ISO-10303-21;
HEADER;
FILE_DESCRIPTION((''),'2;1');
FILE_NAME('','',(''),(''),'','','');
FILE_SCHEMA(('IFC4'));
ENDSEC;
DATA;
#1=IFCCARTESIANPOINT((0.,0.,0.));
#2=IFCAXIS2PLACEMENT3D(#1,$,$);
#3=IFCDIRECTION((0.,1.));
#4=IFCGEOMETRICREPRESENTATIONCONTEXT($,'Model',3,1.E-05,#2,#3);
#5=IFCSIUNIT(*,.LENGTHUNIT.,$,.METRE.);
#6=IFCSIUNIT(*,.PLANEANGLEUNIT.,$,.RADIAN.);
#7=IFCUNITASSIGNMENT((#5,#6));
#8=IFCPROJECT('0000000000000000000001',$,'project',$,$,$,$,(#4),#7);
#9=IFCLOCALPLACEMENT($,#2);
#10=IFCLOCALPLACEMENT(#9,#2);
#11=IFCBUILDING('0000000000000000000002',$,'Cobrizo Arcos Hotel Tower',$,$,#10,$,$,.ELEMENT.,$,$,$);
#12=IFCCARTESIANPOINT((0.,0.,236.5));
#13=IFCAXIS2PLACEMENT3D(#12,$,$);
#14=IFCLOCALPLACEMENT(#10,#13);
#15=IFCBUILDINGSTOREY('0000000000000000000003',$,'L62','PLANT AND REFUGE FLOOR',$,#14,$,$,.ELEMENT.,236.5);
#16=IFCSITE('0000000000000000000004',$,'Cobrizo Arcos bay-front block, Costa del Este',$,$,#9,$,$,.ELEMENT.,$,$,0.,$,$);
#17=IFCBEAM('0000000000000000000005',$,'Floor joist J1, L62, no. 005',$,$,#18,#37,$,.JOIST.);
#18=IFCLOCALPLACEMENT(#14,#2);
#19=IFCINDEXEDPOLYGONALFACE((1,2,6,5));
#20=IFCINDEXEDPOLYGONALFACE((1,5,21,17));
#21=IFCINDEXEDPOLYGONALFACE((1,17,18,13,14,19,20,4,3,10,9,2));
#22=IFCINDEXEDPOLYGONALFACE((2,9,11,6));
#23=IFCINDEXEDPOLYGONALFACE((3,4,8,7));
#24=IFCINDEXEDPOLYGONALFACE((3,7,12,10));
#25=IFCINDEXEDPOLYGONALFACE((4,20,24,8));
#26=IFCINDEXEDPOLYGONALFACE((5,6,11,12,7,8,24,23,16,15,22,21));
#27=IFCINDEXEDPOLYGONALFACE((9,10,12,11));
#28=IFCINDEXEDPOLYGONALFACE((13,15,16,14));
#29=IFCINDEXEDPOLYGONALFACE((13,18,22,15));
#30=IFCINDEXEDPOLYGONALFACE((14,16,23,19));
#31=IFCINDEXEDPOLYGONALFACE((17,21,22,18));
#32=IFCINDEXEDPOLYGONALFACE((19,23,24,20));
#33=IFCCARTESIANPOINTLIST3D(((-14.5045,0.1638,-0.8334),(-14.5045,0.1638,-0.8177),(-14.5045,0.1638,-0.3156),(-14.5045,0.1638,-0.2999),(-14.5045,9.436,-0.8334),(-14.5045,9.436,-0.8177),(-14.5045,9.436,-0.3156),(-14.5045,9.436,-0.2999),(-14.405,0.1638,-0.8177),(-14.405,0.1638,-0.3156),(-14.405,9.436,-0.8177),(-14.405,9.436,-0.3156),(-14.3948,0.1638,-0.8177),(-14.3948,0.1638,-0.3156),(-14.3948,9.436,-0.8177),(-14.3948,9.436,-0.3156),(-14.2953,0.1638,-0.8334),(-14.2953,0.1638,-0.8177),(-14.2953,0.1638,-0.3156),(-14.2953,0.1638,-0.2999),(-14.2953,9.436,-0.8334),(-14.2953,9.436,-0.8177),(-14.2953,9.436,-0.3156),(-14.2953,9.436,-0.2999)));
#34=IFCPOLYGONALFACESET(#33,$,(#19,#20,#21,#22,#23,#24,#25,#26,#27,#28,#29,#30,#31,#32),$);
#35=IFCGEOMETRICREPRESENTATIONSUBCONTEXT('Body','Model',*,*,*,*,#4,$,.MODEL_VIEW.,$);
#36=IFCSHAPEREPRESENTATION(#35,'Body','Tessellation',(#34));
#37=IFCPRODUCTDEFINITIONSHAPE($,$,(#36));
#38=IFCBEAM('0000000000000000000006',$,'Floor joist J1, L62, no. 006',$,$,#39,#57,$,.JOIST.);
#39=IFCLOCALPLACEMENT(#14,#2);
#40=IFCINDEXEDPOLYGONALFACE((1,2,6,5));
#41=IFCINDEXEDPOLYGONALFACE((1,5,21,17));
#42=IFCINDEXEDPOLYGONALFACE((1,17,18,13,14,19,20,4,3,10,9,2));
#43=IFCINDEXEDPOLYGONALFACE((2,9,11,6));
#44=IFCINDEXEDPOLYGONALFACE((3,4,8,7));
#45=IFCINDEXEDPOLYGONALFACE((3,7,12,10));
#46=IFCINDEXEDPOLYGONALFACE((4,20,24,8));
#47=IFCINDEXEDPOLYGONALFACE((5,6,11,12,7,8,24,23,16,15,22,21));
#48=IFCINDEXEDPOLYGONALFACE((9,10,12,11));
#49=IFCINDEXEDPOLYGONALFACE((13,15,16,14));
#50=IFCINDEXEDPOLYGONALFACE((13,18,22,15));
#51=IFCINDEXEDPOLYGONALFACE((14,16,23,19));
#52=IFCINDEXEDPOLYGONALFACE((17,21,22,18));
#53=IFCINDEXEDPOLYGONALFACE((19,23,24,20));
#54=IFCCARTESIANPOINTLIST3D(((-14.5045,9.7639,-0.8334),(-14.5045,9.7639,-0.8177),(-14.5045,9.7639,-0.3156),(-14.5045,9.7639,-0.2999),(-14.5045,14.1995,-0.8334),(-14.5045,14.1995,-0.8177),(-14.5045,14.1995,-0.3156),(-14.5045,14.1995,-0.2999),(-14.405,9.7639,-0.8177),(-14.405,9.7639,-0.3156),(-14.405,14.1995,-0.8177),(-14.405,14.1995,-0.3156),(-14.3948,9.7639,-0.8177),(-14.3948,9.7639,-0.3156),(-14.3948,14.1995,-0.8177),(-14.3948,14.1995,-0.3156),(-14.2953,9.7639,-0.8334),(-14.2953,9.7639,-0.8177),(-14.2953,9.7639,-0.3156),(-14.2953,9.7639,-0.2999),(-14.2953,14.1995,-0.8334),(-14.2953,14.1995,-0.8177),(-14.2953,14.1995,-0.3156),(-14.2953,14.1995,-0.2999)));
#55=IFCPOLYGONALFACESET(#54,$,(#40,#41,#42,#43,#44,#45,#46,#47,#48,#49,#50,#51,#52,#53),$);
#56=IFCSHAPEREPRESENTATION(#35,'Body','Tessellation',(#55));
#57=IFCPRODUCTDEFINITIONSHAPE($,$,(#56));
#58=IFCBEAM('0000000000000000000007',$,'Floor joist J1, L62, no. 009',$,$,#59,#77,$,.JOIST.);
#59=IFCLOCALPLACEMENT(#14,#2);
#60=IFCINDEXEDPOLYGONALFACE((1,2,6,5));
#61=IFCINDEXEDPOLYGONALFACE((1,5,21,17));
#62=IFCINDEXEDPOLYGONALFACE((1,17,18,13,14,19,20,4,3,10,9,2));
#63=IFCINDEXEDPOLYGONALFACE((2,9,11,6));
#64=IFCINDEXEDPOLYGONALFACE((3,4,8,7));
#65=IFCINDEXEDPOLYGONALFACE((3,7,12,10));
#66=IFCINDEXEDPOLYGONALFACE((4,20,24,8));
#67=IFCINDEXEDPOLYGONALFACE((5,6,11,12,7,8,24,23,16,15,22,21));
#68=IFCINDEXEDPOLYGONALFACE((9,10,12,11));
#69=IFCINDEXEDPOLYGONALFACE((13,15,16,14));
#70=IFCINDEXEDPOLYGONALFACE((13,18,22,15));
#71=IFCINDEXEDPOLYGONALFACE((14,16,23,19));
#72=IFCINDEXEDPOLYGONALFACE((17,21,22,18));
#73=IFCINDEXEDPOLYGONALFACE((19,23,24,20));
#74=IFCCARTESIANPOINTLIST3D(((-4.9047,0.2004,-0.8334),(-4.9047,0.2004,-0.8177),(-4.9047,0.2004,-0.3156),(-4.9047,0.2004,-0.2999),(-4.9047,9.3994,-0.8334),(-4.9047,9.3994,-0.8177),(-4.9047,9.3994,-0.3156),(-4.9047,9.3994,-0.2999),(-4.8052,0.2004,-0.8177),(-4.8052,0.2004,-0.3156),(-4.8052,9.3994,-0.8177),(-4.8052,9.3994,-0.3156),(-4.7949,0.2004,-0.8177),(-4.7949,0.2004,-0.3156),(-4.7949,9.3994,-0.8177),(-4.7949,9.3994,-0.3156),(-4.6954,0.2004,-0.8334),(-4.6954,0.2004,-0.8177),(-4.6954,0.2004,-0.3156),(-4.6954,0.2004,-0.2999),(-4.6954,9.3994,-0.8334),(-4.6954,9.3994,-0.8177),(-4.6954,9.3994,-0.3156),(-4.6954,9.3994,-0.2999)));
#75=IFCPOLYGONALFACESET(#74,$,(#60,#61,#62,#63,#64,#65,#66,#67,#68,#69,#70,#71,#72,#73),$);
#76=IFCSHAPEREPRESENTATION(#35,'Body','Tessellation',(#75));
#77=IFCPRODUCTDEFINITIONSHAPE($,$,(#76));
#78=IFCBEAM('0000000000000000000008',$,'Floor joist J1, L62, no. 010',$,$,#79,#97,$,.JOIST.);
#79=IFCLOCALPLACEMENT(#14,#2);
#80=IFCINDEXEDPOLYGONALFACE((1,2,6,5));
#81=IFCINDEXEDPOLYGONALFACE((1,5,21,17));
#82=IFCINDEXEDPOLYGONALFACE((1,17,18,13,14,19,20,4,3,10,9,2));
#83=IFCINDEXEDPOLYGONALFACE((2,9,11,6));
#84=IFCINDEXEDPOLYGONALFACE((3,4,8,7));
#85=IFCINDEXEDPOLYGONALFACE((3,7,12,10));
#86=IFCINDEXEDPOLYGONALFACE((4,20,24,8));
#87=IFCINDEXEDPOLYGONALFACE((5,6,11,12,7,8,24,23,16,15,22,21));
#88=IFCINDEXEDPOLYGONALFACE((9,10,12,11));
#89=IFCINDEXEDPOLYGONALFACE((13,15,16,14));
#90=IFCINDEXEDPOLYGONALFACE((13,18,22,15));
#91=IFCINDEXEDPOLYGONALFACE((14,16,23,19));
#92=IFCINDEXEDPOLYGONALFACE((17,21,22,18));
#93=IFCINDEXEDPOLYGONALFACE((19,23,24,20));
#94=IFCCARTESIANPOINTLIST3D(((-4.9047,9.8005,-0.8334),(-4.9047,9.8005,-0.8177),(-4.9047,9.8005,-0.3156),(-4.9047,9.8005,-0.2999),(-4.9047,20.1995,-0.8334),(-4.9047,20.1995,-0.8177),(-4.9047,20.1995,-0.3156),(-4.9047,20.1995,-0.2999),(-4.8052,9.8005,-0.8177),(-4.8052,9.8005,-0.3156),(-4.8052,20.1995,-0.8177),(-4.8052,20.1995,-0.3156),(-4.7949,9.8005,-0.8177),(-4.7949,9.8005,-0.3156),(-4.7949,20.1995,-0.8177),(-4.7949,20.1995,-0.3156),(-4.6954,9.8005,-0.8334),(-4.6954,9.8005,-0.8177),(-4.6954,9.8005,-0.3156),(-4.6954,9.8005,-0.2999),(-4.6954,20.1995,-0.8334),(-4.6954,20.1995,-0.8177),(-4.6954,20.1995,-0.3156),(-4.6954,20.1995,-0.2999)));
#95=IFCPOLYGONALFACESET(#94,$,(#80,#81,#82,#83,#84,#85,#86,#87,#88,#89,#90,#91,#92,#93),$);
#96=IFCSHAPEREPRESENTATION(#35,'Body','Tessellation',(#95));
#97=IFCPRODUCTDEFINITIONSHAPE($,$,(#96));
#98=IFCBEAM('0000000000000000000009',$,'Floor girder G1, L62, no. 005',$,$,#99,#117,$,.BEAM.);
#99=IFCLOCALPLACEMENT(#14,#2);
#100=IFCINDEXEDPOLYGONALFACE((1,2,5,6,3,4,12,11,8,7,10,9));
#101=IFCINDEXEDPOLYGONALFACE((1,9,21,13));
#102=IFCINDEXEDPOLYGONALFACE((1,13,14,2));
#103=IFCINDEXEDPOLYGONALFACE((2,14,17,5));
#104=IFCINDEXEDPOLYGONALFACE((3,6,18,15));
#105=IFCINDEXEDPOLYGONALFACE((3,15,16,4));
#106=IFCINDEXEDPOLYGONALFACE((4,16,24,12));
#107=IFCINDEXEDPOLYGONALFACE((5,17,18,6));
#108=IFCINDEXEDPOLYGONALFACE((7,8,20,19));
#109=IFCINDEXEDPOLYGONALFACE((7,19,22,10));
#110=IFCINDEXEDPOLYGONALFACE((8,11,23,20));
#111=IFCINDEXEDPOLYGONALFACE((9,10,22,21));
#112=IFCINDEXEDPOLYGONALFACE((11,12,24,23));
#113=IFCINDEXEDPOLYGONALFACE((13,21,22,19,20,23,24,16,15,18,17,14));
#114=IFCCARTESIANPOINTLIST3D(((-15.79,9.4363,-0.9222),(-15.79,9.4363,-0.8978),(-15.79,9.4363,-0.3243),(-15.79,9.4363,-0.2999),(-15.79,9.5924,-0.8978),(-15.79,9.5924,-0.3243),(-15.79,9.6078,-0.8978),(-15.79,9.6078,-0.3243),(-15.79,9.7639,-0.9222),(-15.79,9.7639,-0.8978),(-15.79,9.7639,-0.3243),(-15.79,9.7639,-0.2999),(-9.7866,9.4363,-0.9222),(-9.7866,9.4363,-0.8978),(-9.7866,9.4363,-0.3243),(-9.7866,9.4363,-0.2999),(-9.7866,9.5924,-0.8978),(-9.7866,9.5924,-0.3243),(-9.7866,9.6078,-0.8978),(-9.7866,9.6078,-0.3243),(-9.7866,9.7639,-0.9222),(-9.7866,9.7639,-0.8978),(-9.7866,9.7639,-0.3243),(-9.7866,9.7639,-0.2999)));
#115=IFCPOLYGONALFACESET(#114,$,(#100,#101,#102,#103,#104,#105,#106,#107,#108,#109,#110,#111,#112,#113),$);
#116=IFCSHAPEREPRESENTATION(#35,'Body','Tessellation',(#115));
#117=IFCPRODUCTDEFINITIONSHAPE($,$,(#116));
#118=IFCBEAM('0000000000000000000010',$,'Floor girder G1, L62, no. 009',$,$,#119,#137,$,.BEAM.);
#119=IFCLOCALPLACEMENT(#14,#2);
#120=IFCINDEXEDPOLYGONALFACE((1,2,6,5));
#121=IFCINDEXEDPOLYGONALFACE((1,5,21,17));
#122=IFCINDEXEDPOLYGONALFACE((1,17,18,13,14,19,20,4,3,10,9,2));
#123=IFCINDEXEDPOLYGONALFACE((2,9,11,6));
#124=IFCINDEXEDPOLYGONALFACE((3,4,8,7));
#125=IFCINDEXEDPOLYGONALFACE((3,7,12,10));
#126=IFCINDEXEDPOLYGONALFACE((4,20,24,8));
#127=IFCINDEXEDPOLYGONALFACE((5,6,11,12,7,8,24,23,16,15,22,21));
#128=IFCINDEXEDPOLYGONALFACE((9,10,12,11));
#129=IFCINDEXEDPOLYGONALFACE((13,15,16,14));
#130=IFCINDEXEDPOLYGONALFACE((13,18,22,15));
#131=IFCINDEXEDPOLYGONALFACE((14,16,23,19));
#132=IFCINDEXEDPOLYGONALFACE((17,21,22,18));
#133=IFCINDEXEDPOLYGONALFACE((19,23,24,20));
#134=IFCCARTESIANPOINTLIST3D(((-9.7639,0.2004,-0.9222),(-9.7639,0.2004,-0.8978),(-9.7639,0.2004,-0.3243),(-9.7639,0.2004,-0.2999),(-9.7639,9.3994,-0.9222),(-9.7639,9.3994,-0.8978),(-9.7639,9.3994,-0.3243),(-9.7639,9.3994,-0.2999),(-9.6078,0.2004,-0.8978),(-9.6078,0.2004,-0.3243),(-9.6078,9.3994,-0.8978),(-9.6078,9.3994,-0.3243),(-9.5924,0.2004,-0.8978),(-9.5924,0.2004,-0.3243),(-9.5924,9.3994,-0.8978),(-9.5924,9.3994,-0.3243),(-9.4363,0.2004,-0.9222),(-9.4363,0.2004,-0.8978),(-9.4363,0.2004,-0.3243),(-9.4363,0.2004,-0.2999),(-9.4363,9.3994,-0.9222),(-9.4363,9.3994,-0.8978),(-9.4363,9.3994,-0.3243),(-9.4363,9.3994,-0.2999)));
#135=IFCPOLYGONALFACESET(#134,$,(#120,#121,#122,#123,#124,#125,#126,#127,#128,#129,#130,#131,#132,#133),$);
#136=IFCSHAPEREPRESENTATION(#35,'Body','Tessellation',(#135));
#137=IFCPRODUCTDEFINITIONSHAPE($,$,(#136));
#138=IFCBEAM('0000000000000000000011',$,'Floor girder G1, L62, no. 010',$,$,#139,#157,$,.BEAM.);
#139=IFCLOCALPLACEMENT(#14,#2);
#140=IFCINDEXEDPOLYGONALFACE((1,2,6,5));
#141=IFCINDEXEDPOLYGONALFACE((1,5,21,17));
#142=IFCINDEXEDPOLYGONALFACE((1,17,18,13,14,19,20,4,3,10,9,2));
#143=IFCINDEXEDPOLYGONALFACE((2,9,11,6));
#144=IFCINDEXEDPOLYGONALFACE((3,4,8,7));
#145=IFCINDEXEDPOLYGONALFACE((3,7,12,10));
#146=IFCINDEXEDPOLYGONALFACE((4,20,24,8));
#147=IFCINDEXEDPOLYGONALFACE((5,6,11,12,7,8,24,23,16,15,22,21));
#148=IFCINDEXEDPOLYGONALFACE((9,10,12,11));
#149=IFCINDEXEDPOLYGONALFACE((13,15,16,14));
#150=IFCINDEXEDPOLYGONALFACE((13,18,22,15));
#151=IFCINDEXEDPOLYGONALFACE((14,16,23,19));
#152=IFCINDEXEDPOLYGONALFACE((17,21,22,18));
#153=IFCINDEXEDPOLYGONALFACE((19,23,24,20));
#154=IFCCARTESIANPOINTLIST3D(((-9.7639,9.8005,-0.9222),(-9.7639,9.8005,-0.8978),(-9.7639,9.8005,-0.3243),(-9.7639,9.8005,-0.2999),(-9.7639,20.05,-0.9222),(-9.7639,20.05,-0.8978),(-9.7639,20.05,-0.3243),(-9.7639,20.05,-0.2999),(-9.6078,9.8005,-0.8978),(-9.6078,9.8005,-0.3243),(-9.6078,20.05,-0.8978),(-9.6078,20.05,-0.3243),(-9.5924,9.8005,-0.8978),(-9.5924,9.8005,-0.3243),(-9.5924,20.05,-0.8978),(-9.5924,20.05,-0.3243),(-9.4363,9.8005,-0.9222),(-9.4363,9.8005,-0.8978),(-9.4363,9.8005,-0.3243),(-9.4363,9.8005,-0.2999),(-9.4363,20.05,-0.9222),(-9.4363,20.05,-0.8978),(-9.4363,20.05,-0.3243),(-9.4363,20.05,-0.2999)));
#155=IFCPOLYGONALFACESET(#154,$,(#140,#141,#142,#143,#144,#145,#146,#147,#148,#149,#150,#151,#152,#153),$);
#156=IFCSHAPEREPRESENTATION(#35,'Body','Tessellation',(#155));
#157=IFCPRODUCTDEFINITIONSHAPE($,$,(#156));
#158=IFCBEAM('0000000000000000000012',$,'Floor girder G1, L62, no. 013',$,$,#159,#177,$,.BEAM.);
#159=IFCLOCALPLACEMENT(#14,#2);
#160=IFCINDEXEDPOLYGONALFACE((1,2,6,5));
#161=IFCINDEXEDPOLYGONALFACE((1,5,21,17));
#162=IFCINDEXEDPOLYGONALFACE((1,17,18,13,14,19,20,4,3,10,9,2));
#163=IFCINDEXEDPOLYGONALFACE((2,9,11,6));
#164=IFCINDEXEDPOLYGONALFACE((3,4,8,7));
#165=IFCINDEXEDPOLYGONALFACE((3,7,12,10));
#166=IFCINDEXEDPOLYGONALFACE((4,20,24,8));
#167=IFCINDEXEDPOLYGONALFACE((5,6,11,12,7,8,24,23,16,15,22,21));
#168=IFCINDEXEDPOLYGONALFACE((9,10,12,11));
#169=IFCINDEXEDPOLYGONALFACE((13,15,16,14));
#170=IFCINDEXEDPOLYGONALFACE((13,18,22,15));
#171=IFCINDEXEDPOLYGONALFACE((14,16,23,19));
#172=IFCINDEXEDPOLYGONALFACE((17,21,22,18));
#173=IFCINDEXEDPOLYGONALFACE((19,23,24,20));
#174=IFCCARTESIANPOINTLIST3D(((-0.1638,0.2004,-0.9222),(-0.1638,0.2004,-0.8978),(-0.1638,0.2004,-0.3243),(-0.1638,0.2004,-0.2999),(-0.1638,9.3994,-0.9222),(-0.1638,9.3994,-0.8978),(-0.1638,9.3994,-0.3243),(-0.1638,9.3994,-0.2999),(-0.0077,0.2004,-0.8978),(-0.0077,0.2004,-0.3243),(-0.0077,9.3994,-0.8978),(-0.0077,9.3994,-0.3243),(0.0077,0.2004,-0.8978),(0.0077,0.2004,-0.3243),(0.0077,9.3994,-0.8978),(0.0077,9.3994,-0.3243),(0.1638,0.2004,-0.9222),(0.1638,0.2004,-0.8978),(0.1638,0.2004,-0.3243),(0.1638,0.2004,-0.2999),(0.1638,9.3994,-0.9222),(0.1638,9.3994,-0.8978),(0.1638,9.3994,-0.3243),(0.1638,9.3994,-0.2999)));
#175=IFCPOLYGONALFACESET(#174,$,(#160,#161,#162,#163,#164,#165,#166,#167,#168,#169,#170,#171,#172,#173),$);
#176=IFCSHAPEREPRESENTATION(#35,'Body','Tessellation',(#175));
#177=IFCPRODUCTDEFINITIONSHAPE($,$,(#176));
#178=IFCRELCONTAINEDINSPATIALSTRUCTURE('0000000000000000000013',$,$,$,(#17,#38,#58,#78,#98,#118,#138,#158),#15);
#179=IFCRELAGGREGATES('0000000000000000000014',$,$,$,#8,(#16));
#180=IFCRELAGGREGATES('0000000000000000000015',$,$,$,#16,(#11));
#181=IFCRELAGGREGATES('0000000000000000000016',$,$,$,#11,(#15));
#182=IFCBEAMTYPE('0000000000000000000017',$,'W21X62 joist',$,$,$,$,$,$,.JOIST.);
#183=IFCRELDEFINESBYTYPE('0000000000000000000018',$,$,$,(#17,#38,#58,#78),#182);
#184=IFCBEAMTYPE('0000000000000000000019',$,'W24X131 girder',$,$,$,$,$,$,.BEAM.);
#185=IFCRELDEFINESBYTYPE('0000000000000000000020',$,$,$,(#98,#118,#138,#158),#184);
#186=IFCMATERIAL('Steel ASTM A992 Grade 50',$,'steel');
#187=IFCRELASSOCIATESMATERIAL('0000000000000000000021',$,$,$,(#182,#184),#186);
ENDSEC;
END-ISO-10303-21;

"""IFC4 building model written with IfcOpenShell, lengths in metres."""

from ifc_helpers import new_model, si_unit, direction, frame, origin, origin_2d, place, context, subcontext, project, spatial, i_section, extrude, material, material_profile, profile_set, type_object, element, save


model = new_model("IFC4")

# Units and contexts
model_context = context("Model", 3, precision=1e-05, world=origin(), true_north=direction((0.0, 1.0)))
body_context = subcontext(model_context, "Body", "Model", "MODEL_VIEW")
ifc_project = project(units=[si_unit("LENGTHUNIT", "METRE"), si_unit("PLANEANGLEUNIT", "RADIAN")], contexts=[model_context])

# Site, building, storey
site_placement = place(None, origin())
site = spatial("IfcSite", under=ifc_project, at=site_placement, Name="Cobrizo Arcos bay-front block, Costa del Este", CompositionType="ELEMENT", RefElevation=0.0)
building_placement = place(site_placement, origin())
building = spatial("IfcBuilding", under=site, at=building_placement, Name="Cobrizo Arcos Hotel Tower", CompositionType="ELEMENT")
storey_placement = place(building_placement, frame((0.0, 0.0, 236.5)))
storey = spatial("IfcBuildingStorey", under=building, at=storey_placement, Name="L62", Description="PLANT AND REFUGE FLOOR", CompositionType="ELEMENT", Elevation=236.5)

# Shared definitions
ifc_material_1 = material(Name="Steel ASTM A992 Grade 50", Category="steel")

# Beams
ifc_material_profile_1 = material_profile(ifc_material_1, i_section(OverallWidth=0.2092, OverallDepth=0.5334, WebThickness=0.0103, FlangeThickness=0.0156, at=origin_2d()), Name="W21X62")
ifc_profile_set_1 = profile_set([ifc_material_profile_1], Name="Steel ASTM A992 Grade 50")
beam_type_1 = type_object("IfcBeamType", Name="W21X62 joist", PredefinedType="JOIST", material=ifc_profile_set_1)
beam_1_placement = place(storey_placement, frame((-14.3999, 0.1638, -0.5667), z_axis=(0.0, 1.0, 0.0), x_axis=(-1.0, 0.0, 0.0)))
element("IfcBeam", 1, at=beam_1_placement, inside=storey, type_object=beam_type_1, Name="Floor joist J1, L62, no. 005", PredefinedType="JOIST", context=body_context, shape_type="SweptSolid", body=[
    extrude(i_section(OverallWidth=0.2092, OverallDepth=0.5334, WebThickness=0.0103, FlangeThickness=0.0156, at=origin_2d()), origin(), (0.0, 0.0, 1.0), 9.2722),
])
beam_2_placement = place(storey_placement, frame((-14.3999, 9.7639, -0.5667), z_axis=(0.0, 1.0, 0.0), x_axis=(-1.0, 0.0, 0.0)))
element("IfcBeam", 2, at=beam_2_placement, inside=storey, type_object=beam_type_1, Name="Floor joist J1, L62, no. 006", PredefinedType="JOIST", context=body_context, shape_type="SweptSolid", body=[
    extrude(i_section(OverallWidth=0.2092, OverallDepth=0.5334, WebThickness=0.0103, FlangeThickness=0.0156, at=origin_2d()), origin(), (0.0, 0.0, 1.0), 4.4355),
])
beam_3_placement = place(storey_placement, frame((-4.8, 0.2004, -0.5667), z_axis=(0.0, 1.0, 0.0), x_axis=(-1.0, 0.0, 0.0)))
element("IfcBeam", 3, at=beam_3_placement, inside=storey, type_object=beam_type_1, Name="Floor joist J1, L62, no. 009", PredefinedType="JOIST", context=body_context, shape_type="SweptSolid", body=[
    extrude(i_section(OverallWidth=0.2092, OverallDepth=0.5334, WebThickness=0.0103, FlangeThickness=0.0156, at=origin_2d()), origin(), (0.0, 0.0, 1.0), 9.199),
])
beam_4_placement = place(storey_placement, frame((-4.8, 9.8005, -0.5667), z_axis=(0.0, 1.0, 0.0), x_axis=(-1.0, 0.0, 0.0)))
element("IfcBeam", 4, at=beam_4_placement, inside=storey, type_object=beam_type_1, Name="Floor joist J1, L62, no. 010", PredefinedType="JOIST", context=body_context, shape_type="SweptSolid", body=[
    extrude(i_section(OverallWidth=0.2092, OverallDepth=0.5334, WebThickness=0.0103, FlangeThickness=0.0156, at=origin_2d()), origin(), (0.0, 0.0, 1.0), 10.3989),
])
ifc_material_profile_2 = material_profile(ifc_material_1, i_section(OverallWidth=0.3276, OverallDepth=0.6223, WebThickness=0.0154, FlangeThickness=0.0244, at=origin_2d()), Name="W24X131")
ifc_profile_set_2 = profile_set([ifc_material_profile_2], Name="Steel ASTM A992 Grade 50")
beam_type_2 = type_object("IfcBeamType", Name="W24X131 girder", PredefinedType="BEAM", material=ifc_profile_set_2)
beam_5_placement = place(storey_placement, frame((-15.79, 9.6001, -0.6111), z_axis=(1.0, 0.0, 0.0), x_axis=(0.0, 1.0, 0.0)))
element("IfcBeam", 5, at=beam_5_placement, inside=storey, type_object=beam_type_2, Name="Floor girder G1, L62, no. 005", PredefinedType="BEAM", context=body_context, shape_type="SweptSolid", body=[
    extrude(i_section(OverallWidth=0.3276, OverallDepth=0.6223, WebThickness=0.0154, FlangeThickness=0.0244, at=origin_2d()), origin(), (0.0, 0.0, 1.0), 6.0034),
])
beam_6_placement = place(storey_placement, frame((-9.6001, 0.2004, -0.6111), z_axis=(0.0, 1.0, 0.0), x_axis=(-1.0, 0.0, 0.0)))
element("IfcBeam", 6, at=beam_6_placement, inside=storey, type_object=beam_type_2, Name="Floor girder G1, L62, no. 009", PredefinedType="BEAM", context=body_context, shape_type="SweptSolid", body=[
    extrude(i_section(OverallWidth=0.3276, OverallDepth=0.6223, WebThickness=0.0154, FlangeThickness=0.0244, at=origin_2d()), origin(), (0.0, 0.0, 1.0), 9.199),
])
beam_7_placement = place(storey_placement, frame((-9.6001, 9.8005, -0.6111), z_axis=(0.0, 1.0, 0.0), x_axis=(-1.0, 0.0, 0.0)))
element("IfcBeam", 7, at=beam_7_placement, inside=storey, type_object=beam_type_2, Name="Floor girder G1, L62, no. 010", PredefinedType="BEAM", context=body_context, shape_type="SweptSolid", body=[
    extrude(i_section(OverallWidth=0.3276, OverallDepth=0.6223, WebThickness=0.0154, FlangeThickness=0.0244, at=origin_2d()), origin(), (0.0, 0.0, 1.0), 10.2495),
])
beam_8_placement = place(storey_placement, frame((0.0, 0.2004, -0.6111), z_axis=(0.0, 1.0, 0.0), x_axis=(-1.0, 0.0, 0.0)))
element("IfcBeam", 8, at=beam_8_placement, inside=storey, type_object=beam_type_2, Name="Floor girder G1, L62, no. 013", PredefinedType="BEAM", context=body_context, shape_type="SweptSolid", body=[
    extrude(i_section(OverallWidth=0.3276, OverallDepth=0.6223, WebThickness=0.0154, FlangeThickness=0.0244, at=origin_2d()), origin(), (0.0, 0.0, 1.0), 9.199),
])

save(model, "model.ifc")
